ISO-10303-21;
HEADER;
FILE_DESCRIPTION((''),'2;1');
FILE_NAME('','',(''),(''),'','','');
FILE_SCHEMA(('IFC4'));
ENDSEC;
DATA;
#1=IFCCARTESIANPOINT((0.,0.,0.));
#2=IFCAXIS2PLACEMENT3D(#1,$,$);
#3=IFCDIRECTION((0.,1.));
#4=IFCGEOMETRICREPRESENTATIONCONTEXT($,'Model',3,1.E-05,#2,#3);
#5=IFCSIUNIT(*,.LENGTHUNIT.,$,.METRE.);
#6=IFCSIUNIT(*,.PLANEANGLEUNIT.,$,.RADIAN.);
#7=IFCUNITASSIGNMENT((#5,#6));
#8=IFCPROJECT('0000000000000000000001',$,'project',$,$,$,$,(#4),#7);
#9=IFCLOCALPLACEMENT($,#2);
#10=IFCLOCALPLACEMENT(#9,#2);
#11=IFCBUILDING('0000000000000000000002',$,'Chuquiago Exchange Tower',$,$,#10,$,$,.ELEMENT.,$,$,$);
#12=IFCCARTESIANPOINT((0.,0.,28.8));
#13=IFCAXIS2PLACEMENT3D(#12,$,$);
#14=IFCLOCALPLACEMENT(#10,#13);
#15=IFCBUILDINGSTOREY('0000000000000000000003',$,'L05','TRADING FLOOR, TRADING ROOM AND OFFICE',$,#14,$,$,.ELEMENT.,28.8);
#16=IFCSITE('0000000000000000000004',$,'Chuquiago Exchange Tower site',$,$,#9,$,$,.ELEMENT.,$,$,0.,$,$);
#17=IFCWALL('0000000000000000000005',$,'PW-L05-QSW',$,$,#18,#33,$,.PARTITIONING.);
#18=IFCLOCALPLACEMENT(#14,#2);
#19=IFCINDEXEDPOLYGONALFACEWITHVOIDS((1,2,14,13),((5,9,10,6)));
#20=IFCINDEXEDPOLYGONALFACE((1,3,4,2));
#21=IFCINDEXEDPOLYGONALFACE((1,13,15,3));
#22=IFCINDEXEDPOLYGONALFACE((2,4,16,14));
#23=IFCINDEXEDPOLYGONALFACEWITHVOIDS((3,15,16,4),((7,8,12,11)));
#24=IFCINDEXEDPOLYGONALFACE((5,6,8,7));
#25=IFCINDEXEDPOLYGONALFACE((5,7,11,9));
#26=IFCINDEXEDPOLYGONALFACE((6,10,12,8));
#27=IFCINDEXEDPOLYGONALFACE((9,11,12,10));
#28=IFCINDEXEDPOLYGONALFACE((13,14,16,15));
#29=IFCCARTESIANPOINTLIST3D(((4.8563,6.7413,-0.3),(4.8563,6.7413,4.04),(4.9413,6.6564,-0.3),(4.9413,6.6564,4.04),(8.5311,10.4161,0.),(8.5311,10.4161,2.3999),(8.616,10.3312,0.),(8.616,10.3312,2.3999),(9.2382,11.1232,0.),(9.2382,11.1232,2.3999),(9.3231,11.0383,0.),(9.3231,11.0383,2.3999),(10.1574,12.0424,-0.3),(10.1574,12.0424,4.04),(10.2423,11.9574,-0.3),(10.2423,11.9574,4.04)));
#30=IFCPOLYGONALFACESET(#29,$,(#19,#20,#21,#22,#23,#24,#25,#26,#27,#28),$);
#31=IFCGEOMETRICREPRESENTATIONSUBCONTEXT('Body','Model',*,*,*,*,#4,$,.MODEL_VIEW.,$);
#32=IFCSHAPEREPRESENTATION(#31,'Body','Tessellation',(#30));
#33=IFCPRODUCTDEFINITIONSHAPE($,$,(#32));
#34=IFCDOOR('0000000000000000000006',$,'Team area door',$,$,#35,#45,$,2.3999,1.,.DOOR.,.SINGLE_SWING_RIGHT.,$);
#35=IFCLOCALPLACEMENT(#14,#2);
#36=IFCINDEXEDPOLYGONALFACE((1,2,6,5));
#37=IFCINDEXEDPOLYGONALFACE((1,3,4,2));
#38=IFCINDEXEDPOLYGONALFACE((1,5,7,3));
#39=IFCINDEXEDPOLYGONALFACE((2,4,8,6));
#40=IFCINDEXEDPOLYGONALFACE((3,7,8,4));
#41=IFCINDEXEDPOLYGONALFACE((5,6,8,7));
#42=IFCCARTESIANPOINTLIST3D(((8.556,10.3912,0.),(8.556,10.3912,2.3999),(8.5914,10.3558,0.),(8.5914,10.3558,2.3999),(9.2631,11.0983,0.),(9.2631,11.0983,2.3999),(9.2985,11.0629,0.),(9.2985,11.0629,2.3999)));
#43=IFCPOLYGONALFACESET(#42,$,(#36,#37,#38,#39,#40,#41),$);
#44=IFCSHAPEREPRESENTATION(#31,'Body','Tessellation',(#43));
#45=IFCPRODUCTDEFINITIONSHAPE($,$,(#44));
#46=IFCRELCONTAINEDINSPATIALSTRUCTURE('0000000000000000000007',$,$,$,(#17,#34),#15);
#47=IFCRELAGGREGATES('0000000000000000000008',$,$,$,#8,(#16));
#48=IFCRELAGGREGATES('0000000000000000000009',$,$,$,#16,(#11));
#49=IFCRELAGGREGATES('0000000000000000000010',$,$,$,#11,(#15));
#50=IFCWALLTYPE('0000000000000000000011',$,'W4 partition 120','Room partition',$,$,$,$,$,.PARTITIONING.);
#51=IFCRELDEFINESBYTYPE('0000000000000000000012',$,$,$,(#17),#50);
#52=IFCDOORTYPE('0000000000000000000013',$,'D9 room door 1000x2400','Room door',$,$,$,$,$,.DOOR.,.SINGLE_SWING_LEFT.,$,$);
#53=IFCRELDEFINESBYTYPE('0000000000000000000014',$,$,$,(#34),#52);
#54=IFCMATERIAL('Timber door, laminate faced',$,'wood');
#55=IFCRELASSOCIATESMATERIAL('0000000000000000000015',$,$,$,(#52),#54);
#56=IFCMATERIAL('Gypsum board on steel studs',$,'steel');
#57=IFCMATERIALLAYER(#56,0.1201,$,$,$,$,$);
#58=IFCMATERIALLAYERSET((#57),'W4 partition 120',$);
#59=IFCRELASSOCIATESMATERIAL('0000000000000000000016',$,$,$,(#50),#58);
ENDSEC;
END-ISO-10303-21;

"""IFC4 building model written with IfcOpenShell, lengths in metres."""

from ifc_helpers import new_model, si_unit, direction, frame, frame_2d, origin, place, context, subcontext, project, spatial, rectangle, extrude, material, layer, layer_set, type_object, element, fill, save


model = new_model("IFC4")

# Units and contexts
model_context = context("Model", 3, precision=1e-05, world=origin(), true_north=direction((0.0, 1.0)))
body_context = subcontext(model_context, "Body", "Model", "MODEL_VIEW")
ifc_project = project(units=[si_unit("LENGTHUNIT", "METRE"), si_unit("PLANEANGLEUNIT", "RADIAN")], contexts=[model_context])

# Site, building, storey
site_placement = place(None, origin())
site = spatial("IfcSite", under=ifc_project, at=site_placement, Name="Chuquiago Exchange Tower site", CompositionType="ELEMENT", RefElevation=0.0)
building_placement = place(site_placement, origin())
building = spatial("IfcBuilding", under=site, at=building_placement, Name="Chuquiago Exchange Tower", CompositionType="ELEMENT")
storey_placement = place(building_placement, frame((0.0, 0.0, 28.8)))
storey = spatial("IfcBuildingStorey", under=building, at=storey_placement, Name="L05", Description="TRADING FLOOR, TRADING ROOM AND OFFICE", CompositionType="ELEMENT", Elevation=28.8)

# Shared definitions
ifc_material_1 = material(Name="Timber door, laminate faced", Category="wood")
door_type = type_object("IfcDoorType", Name="D9 room door 1000x2400", Description="Room door", OperationType="SINGLE_SWING_LEFT", PredefinedType="DOOR", material=ifc_material_1)

# Shared definitions
ifc_material_2 = material(Name="Gypsum board on steel studs", Category="steel")
ifc_layer_1 = layer(ifc_material_2, 0.1201)
ifc_layer_set_1 = layer_set([ifc_layer_1], Name="W4 partition 120")
wall_type_1 = type_object("IfcWallType", Name="W4 partition 120", Description="Room partition", PredefinedType="PARTITIONING", material=ifc_layer_set_1)

# Wall, opening, door
wall_1_placement = place(storey_placement, frame((10.2, 12.0, -0.3), z_axis=(0.0, 0.0, 1.0), x_axis=(-0.707107, -0.707107, 0.0)))
wall_1 = element("IfcWall", 1, at=wall_1_placement, inside=storey, type_object=wall_type_1, Name="PW-L05-QSW", PredefinedType="PARTITIONING", context=body_context, shape_type="SweptSolid", body=[
    extrude(rectangle(XDim=7.4968, YDim=0.1201, at=frame_2d((3.7485, 0.0))), origin(), (0.0, 0.0, 1.0), 4.3401),
])
opening_1_placement = place(wall_1_placement, frame((1.3, 0.0, 0.3)))
opening_1 = element("IfcOpeningElement", 2, at=opening_1_placement, cuts=wall_1, PredefinedType="OPENING", context=body_context, shape_type="SweptSolid", body=[
    extrude(rectangle(XDim=1.0, YDim=2.3999, at=frame_2d((0.5, 1.2))), frame((0.0, 0.0701, 0.0), z_axis=(0.0, -1.0, 0.0), x_axis=(1.0, 0.0, 0.0)), (0.0, 0.0, 1.0), 0.1401),
])
door_1_placement = place(opening_1_placement, frame((1.0, 0.0, 0.0), z_axis=(0.0, 0.0, 1.0), x_axis=(-1.0, 0.0, 0.0)))
door_1 = element("IfcDoor", 3, at=door_1_placement, inside=storey, type_object=door_type, Name="Team area door", OperationType="SINGLE_SWING_RIGHT", OverallHeight=2.3999, OverallWidth=1.0, PredefinedType="DOOR", context=body_context, shape_type="SweptSolid", body=[
    extrude(rectangle(XDim=1.0, YDim=2.3999, at=frame_2d((0.5, 1.2))), frame((0.0, 0.0249, 0.0), z_axis=(0.0, -1.0, 0.0), x_axis=(1.0, 0.0, 0.0)), (0.0, 0.0, 1.0), 0.05),
])
fill(opening_1, door_1)

save(model, "model.ifc")
